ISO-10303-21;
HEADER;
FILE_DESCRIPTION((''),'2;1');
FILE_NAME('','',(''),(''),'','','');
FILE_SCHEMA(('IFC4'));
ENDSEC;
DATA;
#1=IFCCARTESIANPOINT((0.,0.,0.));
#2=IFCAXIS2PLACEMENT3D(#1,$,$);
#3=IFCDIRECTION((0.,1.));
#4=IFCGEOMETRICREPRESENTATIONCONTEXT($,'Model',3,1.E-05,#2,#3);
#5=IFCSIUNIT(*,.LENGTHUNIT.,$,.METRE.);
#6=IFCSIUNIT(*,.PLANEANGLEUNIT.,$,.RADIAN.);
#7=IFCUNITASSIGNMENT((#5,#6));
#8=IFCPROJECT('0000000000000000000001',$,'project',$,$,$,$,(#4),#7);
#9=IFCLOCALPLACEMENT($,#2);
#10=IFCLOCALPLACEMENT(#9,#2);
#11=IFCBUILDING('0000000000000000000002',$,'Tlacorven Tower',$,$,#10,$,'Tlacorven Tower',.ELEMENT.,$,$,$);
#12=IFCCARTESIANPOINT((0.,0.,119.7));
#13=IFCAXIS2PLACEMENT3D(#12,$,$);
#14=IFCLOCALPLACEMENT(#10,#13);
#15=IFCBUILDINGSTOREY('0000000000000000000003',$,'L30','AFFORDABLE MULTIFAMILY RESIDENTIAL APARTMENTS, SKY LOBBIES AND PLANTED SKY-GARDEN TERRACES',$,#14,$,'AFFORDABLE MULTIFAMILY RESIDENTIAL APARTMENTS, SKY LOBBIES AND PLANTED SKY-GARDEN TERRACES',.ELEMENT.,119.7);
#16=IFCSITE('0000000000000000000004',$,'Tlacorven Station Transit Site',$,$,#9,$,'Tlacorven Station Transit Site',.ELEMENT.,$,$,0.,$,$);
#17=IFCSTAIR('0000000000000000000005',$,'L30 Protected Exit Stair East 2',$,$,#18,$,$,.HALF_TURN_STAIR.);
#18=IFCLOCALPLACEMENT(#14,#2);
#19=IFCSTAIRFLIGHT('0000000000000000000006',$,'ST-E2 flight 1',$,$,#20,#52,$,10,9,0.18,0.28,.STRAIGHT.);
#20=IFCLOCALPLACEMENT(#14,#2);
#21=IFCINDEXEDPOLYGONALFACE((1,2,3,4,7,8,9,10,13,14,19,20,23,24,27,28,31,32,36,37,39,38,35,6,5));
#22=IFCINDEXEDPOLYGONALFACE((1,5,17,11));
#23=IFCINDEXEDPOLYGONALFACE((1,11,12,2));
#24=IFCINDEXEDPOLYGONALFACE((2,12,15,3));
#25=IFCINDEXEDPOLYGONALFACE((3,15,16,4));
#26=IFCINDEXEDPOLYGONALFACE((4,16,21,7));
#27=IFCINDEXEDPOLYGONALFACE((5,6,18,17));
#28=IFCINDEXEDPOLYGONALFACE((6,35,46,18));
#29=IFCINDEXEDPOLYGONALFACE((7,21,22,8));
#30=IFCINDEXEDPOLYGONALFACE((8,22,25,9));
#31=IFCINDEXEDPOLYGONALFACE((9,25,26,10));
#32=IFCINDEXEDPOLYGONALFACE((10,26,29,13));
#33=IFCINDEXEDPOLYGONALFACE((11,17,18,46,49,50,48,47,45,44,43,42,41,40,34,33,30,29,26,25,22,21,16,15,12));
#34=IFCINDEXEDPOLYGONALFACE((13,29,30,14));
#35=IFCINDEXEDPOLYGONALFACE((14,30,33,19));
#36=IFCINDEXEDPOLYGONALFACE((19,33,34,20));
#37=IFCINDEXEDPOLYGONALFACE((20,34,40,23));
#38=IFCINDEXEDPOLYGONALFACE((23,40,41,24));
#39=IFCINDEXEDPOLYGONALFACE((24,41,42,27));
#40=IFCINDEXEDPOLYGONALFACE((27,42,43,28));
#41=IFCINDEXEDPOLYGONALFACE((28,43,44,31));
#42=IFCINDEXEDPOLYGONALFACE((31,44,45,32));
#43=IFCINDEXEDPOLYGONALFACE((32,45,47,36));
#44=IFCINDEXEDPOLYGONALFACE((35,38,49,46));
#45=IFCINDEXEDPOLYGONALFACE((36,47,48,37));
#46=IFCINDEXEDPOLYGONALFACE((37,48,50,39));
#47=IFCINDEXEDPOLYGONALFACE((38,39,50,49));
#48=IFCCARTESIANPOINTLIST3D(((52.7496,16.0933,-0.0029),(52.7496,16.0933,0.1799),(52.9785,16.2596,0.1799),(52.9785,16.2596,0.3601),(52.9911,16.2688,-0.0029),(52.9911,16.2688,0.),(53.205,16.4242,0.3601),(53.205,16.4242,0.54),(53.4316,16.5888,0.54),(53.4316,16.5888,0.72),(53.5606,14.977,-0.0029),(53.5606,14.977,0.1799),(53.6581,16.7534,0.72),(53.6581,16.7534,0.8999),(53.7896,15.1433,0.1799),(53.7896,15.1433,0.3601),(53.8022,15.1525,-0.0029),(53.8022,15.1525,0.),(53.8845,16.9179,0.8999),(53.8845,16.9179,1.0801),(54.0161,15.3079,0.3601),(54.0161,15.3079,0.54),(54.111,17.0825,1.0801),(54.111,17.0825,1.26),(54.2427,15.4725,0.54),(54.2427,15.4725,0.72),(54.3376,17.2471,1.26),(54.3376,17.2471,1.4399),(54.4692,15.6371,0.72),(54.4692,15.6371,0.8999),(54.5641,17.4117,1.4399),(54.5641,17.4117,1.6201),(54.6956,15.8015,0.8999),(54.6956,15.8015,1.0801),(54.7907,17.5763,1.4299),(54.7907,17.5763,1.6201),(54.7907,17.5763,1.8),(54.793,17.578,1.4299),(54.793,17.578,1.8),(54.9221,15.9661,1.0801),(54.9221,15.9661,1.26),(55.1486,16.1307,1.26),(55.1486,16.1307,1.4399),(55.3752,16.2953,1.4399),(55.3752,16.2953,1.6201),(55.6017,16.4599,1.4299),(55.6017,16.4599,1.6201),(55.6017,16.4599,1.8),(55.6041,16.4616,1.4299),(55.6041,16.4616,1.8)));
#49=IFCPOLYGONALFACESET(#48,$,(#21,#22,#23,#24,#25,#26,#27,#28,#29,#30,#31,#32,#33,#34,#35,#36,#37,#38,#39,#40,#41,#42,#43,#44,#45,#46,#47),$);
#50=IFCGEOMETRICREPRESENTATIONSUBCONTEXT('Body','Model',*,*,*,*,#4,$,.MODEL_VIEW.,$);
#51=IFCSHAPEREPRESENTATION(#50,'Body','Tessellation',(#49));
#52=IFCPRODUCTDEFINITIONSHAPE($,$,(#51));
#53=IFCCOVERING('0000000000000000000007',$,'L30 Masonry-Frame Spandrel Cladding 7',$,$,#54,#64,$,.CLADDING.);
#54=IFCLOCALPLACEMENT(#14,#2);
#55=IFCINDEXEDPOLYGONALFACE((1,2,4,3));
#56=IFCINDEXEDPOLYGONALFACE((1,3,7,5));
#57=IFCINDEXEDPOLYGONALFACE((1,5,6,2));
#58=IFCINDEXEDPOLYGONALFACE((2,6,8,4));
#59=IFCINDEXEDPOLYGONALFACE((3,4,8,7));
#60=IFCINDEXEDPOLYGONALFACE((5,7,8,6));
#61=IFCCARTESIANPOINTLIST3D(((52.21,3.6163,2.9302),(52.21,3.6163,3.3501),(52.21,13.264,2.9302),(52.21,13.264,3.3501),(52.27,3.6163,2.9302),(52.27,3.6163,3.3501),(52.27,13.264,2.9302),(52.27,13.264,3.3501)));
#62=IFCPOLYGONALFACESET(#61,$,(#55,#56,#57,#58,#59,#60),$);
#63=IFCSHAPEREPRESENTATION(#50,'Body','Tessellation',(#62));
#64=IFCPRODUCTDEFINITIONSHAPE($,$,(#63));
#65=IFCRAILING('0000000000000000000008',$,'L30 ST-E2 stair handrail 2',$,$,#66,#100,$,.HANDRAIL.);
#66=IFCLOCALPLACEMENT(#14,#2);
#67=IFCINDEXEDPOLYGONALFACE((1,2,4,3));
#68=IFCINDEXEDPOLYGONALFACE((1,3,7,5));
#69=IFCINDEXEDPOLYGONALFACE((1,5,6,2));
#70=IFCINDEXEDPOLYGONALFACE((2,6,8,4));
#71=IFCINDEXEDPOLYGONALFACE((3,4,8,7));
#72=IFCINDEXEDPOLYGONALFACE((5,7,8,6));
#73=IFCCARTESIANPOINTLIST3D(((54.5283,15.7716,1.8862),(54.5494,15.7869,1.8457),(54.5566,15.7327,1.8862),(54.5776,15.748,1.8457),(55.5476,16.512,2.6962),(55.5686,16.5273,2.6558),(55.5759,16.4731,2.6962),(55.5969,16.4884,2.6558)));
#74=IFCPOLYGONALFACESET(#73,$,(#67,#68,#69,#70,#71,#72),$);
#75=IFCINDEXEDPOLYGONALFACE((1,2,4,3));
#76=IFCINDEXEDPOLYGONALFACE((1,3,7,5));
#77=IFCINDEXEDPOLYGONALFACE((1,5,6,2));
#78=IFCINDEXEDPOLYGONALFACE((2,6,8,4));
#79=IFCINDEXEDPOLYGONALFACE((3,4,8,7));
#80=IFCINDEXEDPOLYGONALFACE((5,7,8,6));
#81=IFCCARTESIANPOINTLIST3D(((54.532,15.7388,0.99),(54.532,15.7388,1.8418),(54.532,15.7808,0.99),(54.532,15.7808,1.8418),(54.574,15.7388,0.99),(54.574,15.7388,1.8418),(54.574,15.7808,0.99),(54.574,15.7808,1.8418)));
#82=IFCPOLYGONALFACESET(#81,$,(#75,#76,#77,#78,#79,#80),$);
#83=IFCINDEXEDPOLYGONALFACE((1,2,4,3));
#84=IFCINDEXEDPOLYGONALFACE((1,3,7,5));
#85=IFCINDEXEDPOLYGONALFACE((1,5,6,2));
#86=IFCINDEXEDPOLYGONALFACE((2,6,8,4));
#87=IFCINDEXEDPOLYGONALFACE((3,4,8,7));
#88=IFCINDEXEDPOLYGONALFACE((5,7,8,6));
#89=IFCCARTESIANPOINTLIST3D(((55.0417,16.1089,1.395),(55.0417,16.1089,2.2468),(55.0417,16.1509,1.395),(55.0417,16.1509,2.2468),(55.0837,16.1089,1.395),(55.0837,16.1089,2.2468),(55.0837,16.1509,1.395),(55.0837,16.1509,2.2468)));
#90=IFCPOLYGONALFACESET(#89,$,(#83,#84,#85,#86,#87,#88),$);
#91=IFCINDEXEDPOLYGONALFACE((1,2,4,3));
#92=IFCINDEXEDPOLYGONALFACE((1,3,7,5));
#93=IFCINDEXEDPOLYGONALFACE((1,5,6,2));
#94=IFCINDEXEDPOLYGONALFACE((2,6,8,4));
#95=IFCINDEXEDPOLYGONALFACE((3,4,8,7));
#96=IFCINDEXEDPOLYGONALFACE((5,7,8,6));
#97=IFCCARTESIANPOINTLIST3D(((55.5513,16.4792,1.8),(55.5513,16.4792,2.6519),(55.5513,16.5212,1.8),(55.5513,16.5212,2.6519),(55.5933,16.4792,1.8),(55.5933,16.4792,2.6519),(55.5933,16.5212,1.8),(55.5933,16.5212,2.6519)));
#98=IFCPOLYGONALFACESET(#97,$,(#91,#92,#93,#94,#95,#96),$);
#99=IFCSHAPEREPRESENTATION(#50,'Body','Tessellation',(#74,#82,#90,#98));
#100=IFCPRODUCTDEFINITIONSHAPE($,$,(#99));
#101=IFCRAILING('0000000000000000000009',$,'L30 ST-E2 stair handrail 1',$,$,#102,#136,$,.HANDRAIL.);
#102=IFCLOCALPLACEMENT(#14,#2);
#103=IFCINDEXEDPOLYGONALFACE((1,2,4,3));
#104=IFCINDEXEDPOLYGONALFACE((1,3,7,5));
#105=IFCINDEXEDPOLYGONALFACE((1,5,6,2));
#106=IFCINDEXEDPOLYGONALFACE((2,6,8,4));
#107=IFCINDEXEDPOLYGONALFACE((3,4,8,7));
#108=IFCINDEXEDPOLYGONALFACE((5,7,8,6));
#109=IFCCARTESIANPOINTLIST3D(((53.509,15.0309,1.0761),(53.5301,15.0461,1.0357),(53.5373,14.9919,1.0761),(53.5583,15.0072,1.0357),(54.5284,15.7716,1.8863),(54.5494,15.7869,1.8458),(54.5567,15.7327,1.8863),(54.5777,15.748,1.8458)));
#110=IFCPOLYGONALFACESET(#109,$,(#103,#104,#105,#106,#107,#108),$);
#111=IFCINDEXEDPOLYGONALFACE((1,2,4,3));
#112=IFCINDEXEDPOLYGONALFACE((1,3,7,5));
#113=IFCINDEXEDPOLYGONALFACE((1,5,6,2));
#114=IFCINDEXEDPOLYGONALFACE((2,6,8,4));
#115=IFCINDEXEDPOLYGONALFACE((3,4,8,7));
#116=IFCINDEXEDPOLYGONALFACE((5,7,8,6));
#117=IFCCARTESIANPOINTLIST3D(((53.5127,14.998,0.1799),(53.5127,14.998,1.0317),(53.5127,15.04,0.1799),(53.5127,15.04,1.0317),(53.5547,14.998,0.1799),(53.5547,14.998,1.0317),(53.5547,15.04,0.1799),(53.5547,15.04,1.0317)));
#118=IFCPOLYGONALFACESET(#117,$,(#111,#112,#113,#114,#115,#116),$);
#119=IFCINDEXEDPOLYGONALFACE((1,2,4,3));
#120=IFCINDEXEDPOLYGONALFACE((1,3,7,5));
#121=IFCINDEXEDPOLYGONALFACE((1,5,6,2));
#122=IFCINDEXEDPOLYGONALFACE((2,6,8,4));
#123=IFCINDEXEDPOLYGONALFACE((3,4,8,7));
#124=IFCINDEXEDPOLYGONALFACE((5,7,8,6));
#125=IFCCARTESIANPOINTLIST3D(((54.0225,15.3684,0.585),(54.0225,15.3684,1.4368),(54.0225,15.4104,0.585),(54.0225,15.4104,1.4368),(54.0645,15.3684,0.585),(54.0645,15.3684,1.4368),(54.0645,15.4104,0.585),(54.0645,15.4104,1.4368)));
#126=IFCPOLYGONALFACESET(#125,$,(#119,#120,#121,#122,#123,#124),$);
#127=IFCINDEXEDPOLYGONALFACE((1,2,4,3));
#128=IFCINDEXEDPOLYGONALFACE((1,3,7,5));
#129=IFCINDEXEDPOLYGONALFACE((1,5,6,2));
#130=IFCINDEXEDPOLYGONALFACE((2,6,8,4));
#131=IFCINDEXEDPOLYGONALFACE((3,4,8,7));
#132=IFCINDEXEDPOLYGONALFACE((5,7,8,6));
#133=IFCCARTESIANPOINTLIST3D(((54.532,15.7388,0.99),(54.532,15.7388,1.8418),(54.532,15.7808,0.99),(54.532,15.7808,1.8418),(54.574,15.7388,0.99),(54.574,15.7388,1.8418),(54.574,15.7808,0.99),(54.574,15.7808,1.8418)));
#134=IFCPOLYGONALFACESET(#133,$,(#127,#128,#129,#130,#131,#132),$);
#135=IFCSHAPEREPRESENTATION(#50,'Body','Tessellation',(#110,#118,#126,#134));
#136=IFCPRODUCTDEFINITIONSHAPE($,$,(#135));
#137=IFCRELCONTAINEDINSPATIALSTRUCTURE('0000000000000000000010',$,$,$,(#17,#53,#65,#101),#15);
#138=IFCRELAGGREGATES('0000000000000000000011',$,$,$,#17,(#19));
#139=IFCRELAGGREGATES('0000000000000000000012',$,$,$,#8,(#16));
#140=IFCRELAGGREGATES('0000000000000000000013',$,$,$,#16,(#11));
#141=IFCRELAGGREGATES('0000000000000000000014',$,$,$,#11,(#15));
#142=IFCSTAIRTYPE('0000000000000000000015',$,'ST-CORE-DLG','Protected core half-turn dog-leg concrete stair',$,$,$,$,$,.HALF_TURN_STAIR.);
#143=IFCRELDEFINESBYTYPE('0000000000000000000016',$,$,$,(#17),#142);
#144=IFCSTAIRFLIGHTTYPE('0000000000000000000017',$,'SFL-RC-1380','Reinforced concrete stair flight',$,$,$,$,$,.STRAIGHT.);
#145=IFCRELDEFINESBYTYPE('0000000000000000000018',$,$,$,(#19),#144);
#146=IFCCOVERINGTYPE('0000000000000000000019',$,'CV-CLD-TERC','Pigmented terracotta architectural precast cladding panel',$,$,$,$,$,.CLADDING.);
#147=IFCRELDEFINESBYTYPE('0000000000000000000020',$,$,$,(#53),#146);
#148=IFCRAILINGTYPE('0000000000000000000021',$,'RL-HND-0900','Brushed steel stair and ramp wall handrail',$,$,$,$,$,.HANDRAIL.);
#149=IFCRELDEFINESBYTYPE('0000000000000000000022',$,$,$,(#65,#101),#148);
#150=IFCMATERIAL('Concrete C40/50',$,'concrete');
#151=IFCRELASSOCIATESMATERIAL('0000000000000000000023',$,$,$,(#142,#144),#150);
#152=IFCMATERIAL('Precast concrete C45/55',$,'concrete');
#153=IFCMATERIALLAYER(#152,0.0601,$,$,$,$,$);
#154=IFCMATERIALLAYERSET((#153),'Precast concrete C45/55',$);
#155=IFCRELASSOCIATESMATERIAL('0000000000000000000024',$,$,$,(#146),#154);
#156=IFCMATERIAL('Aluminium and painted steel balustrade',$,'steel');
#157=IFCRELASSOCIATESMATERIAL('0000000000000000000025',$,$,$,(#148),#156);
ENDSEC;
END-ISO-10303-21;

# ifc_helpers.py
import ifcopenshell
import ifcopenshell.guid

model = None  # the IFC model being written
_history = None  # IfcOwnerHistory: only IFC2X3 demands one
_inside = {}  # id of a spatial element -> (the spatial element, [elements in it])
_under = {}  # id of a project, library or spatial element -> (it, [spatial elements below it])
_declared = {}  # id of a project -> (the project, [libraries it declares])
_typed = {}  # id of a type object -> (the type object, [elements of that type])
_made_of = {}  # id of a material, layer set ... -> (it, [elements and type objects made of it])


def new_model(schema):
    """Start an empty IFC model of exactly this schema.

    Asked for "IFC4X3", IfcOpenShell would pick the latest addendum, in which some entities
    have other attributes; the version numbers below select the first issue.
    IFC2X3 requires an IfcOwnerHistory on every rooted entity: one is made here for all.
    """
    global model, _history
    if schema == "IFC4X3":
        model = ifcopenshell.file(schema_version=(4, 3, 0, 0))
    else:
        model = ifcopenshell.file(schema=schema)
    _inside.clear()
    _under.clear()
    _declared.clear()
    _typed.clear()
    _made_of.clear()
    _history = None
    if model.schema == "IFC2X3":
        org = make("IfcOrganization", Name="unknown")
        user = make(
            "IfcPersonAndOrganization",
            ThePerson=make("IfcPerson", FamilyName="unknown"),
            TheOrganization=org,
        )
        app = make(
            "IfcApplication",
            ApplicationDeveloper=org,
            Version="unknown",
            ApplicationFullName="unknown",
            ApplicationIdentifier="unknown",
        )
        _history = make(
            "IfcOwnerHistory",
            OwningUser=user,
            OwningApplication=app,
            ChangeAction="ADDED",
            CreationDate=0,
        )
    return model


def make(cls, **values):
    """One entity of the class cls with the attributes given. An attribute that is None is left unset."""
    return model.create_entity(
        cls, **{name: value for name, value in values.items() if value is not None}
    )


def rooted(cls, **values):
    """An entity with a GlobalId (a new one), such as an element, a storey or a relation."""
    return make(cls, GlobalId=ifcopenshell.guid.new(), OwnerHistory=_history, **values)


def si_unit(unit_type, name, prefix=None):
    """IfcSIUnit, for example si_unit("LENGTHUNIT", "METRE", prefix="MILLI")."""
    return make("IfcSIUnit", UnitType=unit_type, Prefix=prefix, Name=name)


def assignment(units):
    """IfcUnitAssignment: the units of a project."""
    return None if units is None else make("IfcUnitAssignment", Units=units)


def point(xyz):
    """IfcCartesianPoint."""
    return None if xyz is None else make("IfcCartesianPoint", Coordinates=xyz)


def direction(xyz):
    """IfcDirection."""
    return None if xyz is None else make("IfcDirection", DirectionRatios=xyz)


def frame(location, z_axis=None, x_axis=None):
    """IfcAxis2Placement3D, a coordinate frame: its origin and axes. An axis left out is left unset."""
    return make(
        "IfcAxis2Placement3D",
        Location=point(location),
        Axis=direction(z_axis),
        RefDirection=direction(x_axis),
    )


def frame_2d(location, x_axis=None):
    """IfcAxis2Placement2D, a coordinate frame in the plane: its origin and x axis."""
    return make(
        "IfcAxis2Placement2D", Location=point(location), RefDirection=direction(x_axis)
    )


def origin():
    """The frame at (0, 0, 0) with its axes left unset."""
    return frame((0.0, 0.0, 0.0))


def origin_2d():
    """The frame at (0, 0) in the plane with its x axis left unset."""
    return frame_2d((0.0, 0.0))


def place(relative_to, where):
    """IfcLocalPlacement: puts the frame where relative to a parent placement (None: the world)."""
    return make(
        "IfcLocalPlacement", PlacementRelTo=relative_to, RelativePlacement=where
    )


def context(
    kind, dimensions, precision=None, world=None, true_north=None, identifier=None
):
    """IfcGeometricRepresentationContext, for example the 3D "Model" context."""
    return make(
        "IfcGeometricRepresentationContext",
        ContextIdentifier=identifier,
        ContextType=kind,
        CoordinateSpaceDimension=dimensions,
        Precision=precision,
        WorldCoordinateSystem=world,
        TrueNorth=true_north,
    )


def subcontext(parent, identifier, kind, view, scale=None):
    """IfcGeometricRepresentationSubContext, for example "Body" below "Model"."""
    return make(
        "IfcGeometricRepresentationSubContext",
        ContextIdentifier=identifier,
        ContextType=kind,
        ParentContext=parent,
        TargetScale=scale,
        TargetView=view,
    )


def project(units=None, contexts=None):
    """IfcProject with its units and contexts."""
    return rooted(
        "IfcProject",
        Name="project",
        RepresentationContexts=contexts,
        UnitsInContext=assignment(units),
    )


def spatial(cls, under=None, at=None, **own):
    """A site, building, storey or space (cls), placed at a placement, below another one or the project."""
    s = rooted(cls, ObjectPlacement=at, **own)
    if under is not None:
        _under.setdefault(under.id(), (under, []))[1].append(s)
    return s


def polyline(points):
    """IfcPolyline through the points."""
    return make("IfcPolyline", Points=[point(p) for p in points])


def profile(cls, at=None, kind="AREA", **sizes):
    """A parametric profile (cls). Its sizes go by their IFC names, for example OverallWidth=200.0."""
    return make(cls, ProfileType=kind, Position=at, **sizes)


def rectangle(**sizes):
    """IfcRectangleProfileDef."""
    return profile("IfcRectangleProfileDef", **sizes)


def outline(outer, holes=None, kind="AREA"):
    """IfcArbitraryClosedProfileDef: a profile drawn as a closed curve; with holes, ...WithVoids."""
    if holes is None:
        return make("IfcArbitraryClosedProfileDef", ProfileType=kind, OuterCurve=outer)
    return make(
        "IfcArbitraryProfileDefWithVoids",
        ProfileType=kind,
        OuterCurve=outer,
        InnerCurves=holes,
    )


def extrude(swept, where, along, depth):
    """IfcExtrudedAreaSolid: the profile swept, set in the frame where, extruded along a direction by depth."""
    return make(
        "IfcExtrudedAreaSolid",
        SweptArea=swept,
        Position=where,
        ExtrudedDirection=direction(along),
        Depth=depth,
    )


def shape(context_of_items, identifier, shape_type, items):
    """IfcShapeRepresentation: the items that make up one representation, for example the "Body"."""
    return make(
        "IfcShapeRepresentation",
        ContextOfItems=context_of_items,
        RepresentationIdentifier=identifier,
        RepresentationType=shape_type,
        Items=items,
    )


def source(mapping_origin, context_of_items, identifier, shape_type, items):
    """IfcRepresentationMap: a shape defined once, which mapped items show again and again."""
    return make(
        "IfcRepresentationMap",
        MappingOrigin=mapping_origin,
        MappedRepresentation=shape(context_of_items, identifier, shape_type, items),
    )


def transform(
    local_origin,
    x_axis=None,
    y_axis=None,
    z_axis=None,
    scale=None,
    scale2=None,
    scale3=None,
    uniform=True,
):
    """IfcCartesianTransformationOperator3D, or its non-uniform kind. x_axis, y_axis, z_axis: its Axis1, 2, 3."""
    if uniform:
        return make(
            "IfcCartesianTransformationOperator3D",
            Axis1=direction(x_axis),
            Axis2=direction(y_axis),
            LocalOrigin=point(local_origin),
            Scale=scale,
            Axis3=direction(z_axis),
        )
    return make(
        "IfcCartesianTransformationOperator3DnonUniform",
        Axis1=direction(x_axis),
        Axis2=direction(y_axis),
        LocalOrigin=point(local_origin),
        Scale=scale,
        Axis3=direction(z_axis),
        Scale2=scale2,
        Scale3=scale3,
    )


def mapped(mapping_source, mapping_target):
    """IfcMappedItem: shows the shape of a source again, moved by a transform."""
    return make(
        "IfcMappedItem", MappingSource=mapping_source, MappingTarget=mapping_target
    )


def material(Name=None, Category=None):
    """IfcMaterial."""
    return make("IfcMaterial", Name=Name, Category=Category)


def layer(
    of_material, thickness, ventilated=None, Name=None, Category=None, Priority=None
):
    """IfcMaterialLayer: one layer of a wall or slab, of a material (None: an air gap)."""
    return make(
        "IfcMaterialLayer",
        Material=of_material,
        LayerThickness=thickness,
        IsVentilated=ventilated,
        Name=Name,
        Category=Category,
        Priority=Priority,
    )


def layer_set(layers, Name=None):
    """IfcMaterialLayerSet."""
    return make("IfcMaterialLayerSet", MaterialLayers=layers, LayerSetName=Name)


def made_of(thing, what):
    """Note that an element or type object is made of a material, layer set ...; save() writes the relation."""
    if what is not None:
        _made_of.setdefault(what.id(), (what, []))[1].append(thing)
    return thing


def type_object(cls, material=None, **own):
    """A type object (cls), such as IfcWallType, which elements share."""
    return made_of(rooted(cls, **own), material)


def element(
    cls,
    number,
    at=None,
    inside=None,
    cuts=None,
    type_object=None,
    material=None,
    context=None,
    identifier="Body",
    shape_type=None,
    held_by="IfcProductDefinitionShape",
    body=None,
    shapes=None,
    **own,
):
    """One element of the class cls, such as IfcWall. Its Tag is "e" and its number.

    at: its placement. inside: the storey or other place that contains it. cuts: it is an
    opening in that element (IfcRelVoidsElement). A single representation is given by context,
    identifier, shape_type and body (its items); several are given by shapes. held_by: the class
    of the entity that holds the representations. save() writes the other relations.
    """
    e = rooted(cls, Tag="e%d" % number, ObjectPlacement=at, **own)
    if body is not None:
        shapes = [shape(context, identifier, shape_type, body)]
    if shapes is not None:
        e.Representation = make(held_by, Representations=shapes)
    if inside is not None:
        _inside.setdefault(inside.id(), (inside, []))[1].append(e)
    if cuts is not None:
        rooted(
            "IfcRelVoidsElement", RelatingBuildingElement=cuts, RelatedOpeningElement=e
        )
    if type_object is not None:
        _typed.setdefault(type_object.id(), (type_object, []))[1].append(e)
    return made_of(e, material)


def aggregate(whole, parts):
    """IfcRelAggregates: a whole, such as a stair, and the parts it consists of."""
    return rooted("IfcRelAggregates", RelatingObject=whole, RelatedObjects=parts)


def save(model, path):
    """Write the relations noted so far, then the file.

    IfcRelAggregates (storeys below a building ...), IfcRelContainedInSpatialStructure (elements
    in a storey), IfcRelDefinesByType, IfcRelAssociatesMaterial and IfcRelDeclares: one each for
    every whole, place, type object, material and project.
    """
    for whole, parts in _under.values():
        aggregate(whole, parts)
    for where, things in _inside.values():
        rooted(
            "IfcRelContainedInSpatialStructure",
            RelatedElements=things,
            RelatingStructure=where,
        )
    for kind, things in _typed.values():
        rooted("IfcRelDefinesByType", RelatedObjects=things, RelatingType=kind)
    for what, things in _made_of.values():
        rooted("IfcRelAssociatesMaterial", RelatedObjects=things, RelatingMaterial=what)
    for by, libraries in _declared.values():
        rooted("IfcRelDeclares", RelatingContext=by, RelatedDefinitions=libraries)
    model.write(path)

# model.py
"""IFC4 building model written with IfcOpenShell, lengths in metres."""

from ifc_helpers import new_model, si_unit, direction, frame, origin, origin_2d, place, context, subcontext, project, spatial, polyline, rectangle, outline, extrude, source, transform, mapped, material, layer, layer_set, type_object, element, aggregate, save


model = new_model("IFC4")

# Units and contexts
model_context = context("Model", 3, precision=1e-05, world=origin(), true_north=direction((0.0, 1.0)))
body_context = subcontext(model_context, "Body", "Model", "MODEL_VIEW")
ifc_project = project(units=[si_unit("LENGTHUNIT", "METRE"), si_unit("PLANEANGLEUNIT", "RADIAN")], contexts=[model_context])

# Site, building, storey
site_placement = place(None, origin())
site = spatial("IfcSite", under=ifc_project, at=site_placement, Name="Tlacorven Station Transit Site", LongName="Tlacorven Station Transit Site", CompositionType="ELEMENT", RefElevation=0.0)
building_placement = place(site_placement, origin())
building = spatial("IfcBuilding", under=site, at=building_placement, Name="Tlacorven Tower", LongName="Tlacorven Tower", CompositionType="ELEMENT")
storey_placement = place(building_placement, frame((0.0, 0.0, 119.7)))
storey = spatial("IfcBuildingStorey", under=building, at=storey_placement, Name="L30", Description="AFFORDABLE MULTIFAMILY RESIDENTIAL APARTMENTS, SKY LOBBIES AND PLANTED SKY-GARDEN TERRACES", LongName="AFFORDABLE MULTIFAMILY RESIDENTIAL APARTMENTS, SKY LOBBIES AND PLANTED SKY-GARDEN TERRACES", CompositionType="ELEMENT", Elevation=119.7)

# Shared definitions
ifc_material_1 = material(Name="Precast concrete C45/55", Category="concrete")

# Stair, stair flight
ifc_material_2 = material(Name="Concrete C40/50", Category="concrete")
stair_type = type_object("IfcStairType", Name="ST-CORE-DLG", Description="Protected core half-turn dog-leg concrete stair", PredefinedType="HALF_TURN_STAIR", material=ifc_material_2)
stair_placement = place(storey_placement, origin())
stair = element("IfcStair", 1, at=stair_placement, inside=storey, type_object=stair_type, Name="L30 Protected Exit Stair East 2", PredefinedType="HALF_TURN_STAIR")
stair_flight_type = type_object("IfcStairFlightType", Name="SFL-RC-1380", Description="Reinforced concrete stair flight", PredefinedType="STRAIGHT", material=ifc_material_2)
shared_shape_1 = source(origin(), body_context, "Body", "SweptSolid", [
    extrude(outline(polyline([(-0.0029, -0.0029), (-0.0029, 0.1799), (0.28, 0.1799), (0.28, 0.3601), (0.5601, 0.3601), (0.5601, 0.54), (0.8401, 0.54), (0.8401, 0.72), (1.1201, 0.72), (1.1201, 0.8999), (1.3999, 0.8999), (1.3999, 1.0801), (1.6799, 1.0801), (1.6799, 1.26), (1.96, 1.26), (1.96, 1.4399), (2.24, 1.4399), (2.24, 1.6201), (2.52, 1.6201), (2.52, 1.8), (2.5229, 1.8), (2.5229, 1.4299), (2.52, 1.4299), (0.2957, 0.0), (0.2957, -0.0029), (-0.0029, -0.0029)])), frame((0.0, 0.6899, 0.0), z_axis=(0.0, -1.0, 0.0), x_axis=(1.0, 0.0, 0.0)), (0.0, 0.0, 1.0), 1.3799),
])
stair_flight_placement = place(storey_placement, frame((53.1575, 15.5369, 0.0), z_axis=(0.0, 0.0, 1.0), x_axis=(0.809017, 0.587785, 0.0)))
stair_flight = element("IfcStairFlight", 2, at=stair_flight_placement, type_object=stair_flight_type, Name="ST-E2 flight 1", NumberOfRisers=10, NumberOfTreads=9, PredefinedType="STRAIGHT", RiserHeight=0.18, TreadLength=0.28, context=body_context, shape_type="MappedRepresentation", body=[
    mapped(shared_shape_1, transform((0.0, 0.0, 0.0), scale=1.0)),
])
aggregate(stair, [stair_flight])

# Covering
ifc_layer_1 = layer(ifc_material_1, 0.0601)
ifc_layer_set_1 = layer_set([ifc_layer_1], Name="Precast concrete C45/55")
covering_type = type_object("IfcCoveringType", Name="CV-CLD-TERC", Description="Pigmented terracotta architectural precast cladding panel", PredefinedType="CLADDING", material=ifc_layer_set_1)
shared_shape_2 = source(origin(), body_context, "Body", "SweptSolid", [
    extrude(rectangle(XDim=9.6477, YDim=0.0601, at=origin_2d()), origin(), (0.0, 0.0, 1.0), 0.4199),
])
covering_placement = place(storey_placement, frame((52.24, 8.4402, 2.9302), z_axis=(0.0, 0.0, 1.0), x_axis=(0.0, -1.0, 0.0)))
element("IfcCovering", 3, at=covering_placement, inside=storey, type_object=covering_type, Name="L30 Masonry-Frame Spandrel Cladding 7", PredefinedType="CLADDING", context=body_context, shape_type="MappedRepresentation", body=[
    mapped(shared_shape_2, transform((0.0, 0.0, 0.0), scale=1.0)),
])

# Railings
ifc_material_3 = material(Name="Aluminium and painted steel balustrade", Category="steel")
railing_type = type_object("IfcRailingType", Name="RL-HND-0900", Description="Brushed steel stair and ramp wall handrail", PredefinedType="HANDRAIL", material=ifc_material_3)
shared_shape_3 = source(origin(), body_context, "Body", "SweptSolid", [
    extrude(rectangle(XDim=0.0481, YDim=0.0481, at=origin_2d()), frame((0.0, 0.0, 0.876), z_axis=(0.680516, 0.494373, 0.540827), x_axis=(-0.587745, 0.809046, 0.0)), (0.0, 0.0, 1.0), 1.4978),
    extrude(rectangle(XDim=0.042, YDim=0.042, at=origin_2d()), origin(), (0.0, 0.0, 1.0), 0.8518),
    extrude(rectangle(XDim=0.042, YDim=0.042, at=origin_2d()), frame((0.5098, 0.3701, 0.405)), (0.0, 0.0, 1.0), 0.8518),
    extrude(rectangle(XDim=0.042, YDim=0.042, at=origin_2d()), frame((1.0193, 0.7405, 0.8101)), (0.0, 0.0, 1.0), 0.8518),
])
railing_1_placement = place(storey_placement, frame((54.553, 15.7598, 0.99)))
element("IfcRailing", 4, at=railing_1_placement, inside=storey, type_object=railing_type, Name="L30 ST-E2 stair handrail 2", PredefinedType="HANDRAIL", context=body_context, shape_type="MappedRepresentation", body=[
    mapped(shared_shape_3, transform((0.0, 0.0, 0.0), scale=1.0)),
])
shared_shape_4 = source(origin(), body_context, "Body", "SweptSolid", [
    extrude(rectangle(XDim=0.0481, YDim=0.0481, at=origin_2d()), frame((0.0, 0.0, 0.876), z_axis=(0.680461, 0.494496, 0.540783), x_axis=(-0.587872, 0.808954, 0.0)), (0.0, 0.0, 1.0), 1.498),
    extrude(rectangle(XDim=0.042, YDim=0.042, at=origin_2d()), origin(), (0.0, 0.0, 1.0), 0.8518),
    extrude(rectangle(XDim=0.042, YDim=0.042, at=origin_2d()), frame((0.5098, 0.3704, 0.405)), (0.0, 0.0, 1.0), 0.8518),
    extrude(rectangle(XDim=0.042, YDim=0.042, at=origin_2d()), frame((1.0193, 0.7407, 0.8101)), (0.0, 0.0, 1.0), 0.8518),
])
railing_2_placement = place(storey_placement, frame((53.5337, 15.019, 0.1799)))
element("IfcRailing", 5, at=railing_2_placement, inside=storey, type_object=railing_type, Name="L30 ST-E2 stair handrail 1", PredefinedType="HANDRAIL", context=body_context, shape_type="MappedRepresentation", body=[
    mapped(shared_shape_4, transform((0.0, 0.0, 0.0), scale=1.0)),
])

save(model, "model.ifc")
